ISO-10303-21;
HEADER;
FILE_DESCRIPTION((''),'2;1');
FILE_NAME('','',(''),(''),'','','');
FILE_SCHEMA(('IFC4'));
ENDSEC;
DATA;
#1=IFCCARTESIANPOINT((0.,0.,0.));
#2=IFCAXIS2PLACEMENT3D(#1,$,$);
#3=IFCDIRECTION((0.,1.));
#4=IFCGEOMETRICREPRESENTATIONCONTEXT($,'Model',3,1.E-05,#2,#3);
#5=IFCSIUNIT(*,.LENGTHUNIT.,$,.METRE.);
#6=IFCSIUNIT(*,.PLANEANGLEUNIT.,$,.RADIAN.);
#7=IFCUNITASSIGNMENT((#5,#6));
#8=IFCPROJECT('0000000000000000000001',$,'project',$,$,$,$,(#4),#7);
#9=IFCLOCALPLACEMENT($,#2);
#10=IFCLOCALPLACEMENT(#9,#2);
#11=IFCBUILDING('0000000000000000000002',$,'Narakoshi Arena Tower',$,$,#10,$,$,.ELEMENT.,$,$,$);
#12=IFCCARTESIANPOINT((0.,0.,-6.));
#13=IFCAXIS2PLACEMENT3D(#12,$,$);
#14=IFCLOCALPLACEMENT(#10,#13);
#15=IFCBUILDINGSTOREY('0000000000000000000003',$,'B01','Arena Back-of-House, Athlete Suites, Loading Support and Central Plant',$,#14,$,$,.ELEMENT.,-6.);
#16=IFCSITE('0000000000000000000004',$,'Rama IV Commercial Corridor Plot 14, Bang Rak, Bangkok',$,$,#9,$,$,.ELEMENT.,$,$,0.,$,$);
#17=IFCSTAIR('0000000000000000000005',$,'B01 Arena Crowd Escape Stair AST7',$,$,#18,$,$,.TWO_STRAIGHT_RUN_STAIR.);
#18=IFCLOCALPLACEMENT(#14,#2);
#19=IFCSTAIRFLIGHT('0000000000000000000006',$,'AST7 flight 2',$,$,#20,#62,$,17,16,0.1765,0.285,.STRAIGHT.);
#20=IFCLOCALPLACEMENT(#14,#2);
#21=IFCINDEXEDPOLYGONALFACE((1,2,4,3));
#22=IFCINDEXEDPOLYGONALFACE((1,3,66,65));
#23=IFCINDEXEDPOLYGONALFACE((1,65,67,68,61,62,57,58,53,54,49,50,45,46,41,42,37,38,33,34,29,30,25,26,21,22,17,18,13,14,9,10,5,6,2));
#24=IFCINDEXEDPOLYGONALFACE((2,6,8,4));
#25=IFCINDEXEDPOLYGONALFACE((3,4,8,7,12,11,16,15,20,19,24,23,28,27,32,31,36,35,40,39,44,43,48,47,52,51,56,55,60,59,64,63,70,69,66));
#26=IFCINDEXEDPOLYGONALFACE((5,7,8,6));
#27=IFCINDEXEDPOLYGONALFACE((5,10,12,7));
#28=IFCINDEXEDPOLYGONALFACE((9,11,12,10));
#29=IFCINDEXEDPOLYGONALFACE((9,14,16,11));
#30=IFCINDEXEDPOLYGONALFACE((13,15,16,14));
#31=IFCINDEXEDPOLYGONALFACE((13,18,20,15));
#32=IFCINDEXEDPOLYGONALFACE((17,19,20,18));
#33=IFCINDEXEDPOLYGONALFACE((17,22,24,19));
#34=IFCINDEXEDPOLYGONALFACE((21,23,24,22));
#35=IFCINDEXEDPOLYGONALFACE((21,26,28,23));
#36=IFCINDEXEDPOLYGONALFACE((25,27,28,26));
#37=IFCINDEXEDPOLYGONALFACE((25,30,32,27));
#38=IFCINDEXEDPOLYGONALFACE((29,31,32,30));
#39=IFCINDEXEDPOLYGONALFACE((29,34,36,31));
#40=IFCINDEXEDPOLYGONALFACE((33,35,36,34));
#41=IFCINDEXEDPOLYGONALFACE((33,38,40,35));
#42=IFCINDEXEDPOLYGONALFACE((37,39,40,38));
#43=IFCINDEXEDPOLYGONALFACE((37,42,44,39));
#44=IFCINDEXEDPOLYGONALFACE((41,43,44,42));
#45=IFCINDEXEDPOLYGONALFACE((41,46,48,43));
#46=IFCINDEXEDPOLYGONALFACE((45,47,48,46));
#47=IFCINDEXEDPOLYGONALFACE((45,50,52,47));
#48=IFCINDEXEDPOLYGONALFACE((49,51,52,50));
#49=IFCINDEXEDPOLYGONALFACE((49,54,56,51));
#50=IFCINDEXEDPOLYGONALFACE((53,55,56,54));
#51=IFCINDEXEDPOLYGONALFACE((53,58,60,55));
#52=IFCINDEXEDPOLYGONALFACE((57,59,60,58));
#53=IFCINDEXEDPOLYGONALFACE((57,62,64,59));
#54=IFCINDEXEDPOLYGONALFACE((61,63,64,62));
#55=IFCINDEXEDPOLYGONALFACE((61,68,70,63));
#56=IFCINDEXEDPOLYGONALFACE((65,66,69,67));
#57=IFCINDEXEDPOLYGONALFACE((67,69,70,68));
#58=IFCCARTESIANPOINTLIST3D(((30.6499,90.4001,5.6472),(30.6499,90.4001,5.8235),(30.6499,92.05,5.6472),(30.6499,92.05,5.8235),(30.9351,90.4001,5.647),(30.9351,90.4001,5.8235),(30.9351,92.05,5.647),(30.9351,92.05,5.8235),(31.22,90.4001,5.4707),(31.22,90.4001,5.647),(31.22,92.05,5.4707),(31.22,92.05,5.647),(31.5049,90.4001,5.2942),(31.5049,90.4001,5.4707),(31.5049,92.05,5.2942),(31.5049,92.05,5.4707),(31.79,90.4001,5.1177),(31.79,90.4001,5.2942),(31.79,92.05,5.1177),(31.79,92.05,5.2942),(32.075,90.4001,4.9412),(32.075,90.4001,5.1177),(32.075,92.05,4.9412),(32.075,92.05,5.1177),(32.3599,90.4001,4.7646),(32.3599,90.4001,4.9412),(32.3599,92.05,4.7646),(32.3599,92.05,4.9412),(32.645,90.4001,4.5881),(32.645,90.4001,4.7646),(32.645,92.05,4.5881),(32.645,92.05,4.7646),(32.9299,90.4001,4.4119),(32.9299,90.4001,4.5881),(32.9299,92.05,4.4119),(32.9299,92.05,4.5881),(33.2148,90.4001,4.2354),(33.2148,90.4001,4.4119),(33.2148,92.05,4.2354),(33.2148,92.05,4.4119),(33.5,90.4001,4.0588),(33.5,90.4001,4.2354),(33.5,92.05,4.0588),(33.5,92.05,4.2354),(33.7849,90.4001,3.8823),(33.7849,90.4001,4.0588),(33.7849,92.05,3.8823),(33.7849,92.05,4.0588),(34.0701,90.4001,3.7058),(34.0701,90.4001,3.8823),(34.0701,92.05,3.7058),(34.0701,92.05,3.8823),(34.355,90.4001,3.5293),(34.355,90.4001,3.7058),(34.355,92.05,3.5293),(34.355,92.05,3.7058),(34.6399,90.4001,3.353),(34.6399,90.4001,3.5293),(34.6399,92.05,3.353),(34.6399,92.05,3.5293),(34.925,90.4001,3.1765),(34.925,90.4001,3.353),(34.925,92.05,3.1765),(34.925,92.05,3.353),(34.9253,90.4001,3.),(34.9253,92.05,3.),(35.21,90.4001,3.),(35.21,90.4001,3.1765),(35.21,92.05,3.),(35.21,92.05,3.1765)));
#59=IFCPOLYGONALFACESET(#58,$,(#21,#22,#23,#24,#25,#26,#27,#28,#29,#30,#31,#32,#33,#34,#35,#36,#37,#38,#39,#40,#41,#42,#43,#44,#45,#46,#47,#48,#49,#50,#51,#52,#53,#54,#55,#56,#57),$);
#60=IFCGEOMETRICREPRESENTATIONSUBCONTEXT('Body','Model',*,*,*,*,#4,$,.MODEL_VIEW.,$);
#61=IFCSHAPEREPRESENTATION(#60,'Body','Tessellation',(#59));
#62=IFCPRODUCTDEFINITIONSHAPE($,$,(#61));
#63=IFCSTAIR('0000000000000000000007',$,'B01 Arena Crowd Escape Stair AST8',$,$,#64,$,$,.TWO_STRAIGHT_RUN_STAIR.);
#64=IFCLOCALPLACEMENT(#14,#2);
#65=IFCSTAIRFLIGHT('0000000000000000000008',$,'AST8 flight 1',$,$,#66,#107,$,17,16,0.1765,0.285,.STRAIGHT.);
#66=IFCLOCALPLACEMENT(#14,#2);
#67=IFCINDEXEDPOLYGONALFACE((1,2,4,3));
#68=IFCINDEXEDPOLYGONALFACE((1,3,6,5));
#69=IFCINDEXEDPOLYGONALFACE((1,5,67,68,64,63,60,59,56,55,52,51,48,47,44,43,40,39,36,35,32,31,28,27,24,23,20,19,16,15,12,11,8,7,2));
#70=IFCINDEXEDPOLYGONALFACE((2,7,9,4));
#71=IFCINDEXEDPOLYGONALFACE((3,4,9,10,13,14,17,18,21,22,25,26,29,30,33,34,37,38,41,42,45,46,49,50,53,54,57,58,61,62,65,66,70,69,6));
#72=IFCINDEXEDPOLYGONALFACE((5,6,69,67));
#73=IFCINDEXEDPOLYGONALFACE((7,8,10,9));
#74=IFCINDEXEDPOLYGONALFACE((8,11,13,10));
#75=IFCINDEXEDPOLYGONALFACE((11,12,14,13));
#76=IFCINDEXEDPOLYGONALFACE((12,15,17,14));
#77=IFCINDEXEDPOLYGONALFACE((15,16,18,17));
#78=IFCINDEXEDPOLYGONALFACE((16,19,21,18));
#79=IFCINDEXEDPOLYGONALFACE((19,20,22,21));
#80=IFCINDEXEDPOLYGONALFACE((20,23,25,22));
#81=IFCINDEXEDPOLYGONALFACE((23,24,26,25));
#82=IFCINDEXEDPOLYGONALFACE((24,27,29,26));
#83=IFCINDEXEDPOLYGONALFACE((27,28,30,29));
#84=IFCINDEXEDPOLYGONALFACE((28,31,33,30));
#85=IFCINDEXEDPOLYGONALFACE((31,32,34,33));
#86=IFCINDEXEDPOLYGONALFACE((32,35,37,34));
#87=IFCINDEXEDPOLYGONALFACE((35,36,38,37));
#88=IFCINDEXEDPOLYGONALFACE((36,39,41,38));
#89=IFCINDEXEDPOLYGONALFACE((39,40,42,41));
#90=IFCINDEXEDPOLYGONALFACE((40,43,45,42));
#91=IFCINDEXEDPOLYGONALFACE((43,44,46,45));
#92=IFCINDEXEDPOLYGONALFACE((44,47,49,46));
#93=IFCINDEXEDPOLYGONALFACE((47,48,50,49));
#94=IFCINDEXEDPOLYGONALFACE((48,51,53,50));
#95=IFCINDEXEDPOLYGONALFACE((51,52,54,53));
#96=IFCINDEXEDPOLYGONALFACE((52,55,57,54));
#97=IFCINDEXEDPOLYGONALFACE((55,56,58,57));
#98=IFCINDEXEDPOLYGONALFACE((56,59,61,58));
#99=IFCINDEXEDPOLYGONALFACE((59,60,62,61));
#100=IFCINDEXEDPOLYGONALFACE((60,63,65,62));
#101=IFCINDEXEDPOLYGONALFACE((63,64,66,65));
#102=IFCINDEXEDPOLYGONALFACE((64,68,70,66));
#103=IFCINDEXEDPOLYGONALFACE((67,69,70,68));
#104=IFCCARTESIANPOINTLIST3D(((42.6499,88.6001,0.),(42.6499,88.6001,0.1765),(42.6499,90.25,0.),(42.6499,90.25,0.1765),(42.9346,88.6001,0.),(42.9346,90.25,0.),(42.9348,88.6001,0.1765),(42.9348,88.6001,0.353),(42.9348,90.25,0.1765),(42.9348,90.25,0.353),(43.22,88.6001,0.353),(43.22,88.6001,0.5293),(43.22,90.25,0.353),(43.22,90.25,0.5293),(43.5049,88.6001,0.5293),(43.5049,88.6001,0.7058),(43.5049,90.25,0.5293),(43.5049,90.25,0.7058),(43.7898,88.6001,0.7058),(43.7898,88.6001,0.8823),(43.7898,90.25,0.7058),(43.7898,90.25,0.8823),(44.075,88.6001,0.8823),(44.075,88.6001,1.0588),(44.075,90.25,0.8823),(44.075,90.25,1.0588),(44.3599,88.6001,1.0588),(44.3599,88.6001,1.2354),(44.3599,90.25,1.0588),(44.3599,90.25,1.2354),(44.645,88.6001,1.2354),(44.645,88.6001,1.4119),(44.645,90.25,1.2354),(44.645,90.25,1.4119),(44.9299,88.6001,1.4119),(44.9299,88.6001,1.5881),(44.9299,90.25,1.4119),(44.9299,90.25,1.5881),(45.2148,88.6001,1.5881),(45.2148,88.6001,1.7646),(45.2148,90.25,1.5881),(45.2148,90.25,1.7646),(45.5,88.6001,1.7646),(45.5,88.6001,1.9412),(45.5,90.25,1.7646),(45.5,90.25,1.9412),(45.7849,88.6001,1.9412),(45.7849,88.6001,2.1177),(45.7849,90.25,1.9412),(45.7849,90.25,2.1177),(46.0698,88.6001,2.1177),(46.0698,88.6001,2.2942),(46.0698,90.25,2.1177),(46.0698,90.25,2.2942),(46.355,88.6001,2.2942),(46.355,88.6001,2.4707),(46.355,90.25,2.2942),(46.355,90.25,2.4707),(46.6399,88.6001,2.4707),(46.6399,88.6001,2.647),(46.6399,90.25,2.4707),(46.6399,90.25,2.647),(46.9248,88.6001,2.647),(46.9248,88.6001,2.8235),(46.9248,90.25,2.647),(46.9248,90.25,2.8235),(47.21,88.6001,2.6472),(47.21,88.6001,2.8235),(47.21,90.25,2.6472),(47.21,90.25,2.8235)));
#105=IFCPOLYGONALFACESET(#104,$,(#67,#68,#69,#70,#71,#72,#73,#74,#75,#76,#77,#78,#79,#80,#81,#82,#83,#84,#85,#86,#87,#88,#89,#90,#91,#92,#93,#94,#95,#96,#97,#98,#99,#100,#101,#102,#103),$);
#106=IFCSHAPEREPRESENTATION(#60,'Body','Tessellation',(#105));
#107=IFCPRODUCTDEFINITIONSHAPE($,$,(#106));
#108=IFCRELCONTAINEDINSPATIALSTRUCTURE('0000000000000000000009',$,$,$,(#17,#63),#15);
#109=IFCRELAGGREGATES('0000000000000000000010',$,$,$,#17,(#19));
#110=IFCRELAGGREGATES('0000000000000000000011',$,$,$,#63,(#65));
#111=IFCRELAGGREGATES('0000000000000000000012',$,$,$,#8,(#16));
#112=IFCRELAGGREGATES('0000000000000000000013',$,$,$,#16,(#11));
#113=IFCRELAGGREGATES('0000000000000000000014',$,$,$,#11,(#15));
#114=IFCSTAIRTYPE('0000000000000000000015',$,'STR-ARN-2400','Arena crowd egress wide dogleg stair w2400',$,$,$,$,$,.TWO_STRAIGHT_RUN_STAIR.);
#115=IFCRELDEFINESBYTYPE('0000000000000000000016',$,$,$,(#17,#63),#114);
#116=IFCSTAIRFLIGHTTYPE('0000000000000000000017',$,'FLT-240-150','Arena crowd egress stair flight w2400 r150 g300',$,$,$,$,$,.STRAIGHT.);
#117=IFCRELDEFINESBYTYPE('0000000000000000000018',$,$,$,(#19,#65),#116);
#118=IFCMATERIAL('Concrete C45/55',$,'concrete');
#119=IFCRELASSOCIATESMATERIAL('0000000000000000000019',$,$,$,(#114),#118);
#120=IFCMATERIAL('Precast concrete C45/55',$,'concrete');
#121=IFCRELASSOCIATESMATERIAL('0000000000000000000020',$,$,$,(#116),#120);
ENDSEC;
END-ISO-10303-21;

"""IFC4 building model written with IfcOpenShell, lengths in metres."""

from ifc_helpers import new_model, si_unit, direction, frame, origin, place, context, subcontext, project, spatial, polyline, outline, extrude, material, type_object, element, aggregate, save


model = new_model("IFC4")

# Units and contexts
model_context = context("Model", 3, precision=1e-05, world=origin(), true_north=direction((0.0, 1.0)))
body_context = subcontext(model_context, "Body", "Model", "MODEL_VIEW")
ifc_project = project(units=[si_unit("LENGTHUNIT", "METRE"), si_unit("PLANEANGLEUNIT", "RADIAN")], contexts=[model_context])

# Site, building, storey
site_placement = place(None, origin())
site = spatial("IfcSite", under=ifc_project, at=site_placement, Name="Rama IV Commercial Corridor Plot 14, Bang Rak, Bangkok", CompositionType="ELEMENT", RefElevation=0.0)
building_placement = place(site_placement, origin())
building = spatial("IfcBuilding", under=site, at=building_placement, Name="Narakoshi Arena Tower", CompositionType="ELEMENT")
storey_placement = place(building_placement, frame((0.0, 0.0, -6.0)))
storey = spatial("IfcBuildingStorey", under=building, at=storey_placement, Name="B01", Description="Arena Back-of-House, Athlete Suites, Loading Support and Central Plant", CompositionType="ELEMENT", Elevation=-6.0)

# Shared definitions
ifc_material_1 = material(Name="Concrete C45/55", Category="concrete")

# Stair, stair flight
stair_type = type_object("IfcStairType", Name="STR-ARN-2400", Description="Arena crowd egress wide dogleg stair w2400", PredefinedType="TWO_STRAIGHT_RUN_STAIR", material=ifc_material_1)
stair_1_placement = place(storey_placement, origin())
stair_1 = element("IfcStair", 1, at=stair_1_placement, inside=storey, type_object=stair_type, Name="B01 Arena Crowd Escape Stair AST7", PredefinedType="TWO_STRAIGHT_RUN_STAIR")
ifc_material_2 = material(Name="Precast concrete C45/55", Category="concrete")
stair_flight_type = type_object("IfcStairFlightType", Name="FLT-240-150", Description="Arena crowd egress stair flight w2400 r150 g300", PredefinedType="STRAIGHT", material=ifc_material_2)
stair_flight_1_placement = place(storey_placement, frame((35.21, 91.2251, 3.0), z_axis=(0.0, 0.0, 1.0), x_axis=(-1.0, 0.0, 0.0)))
stair_flight_1 = element("IfcStairFlight", 2, at=stair_flight_1_placement, type_object=stair_flight_type, Name="AST7 flight 2", NumberOfRisers=17, NumberOfTreads=16, PredefinedType="STRAIGHT", RiserHeight=0.1765, TreadLength=0.285, context=body_context, shape_type="SweptSolid", body=[
    extrude(outline(polyline([(0.0, 0.0), (0.0, 0.1765), (0.2849, 0.1765), (0.2849, 0.353), (0.5701, 0.353), (0.5701, 0.5293), (0.855, 0.5293), (0.855, 0.7058), (1.1399, 0.7058), (1.1399, 0.8823), (1.425, 0.8823), (1.425, 1.0588), (1.71, 1.0588), (1.71, 1.2354), (1.9951, 1.2354), (1.9951, 1.4119), (2.28, 1.4119), (2.28, 1.5881), (2.5649, 1.5881), (2.5649, 1.7646), (2.8501, 1.7646), (2.8501, 1.9412), (3.135, 1.9412), (3.135, 2.1177), (3.4199, 2.1177), (3.4199, 2.2942), (3.7051, 2.2942), (3.7051, 2.4707), (3.99, 2.4707), (3.99, 2.647), (4.2749, 2.647), (4.2749, 2.8235), (4.5601, 2.8235), (4.5601, 3.0), (4.5601, 2.6472), (0.2847, 0.0), (0.0, 0.0)])), frame((0.0, 0.825, 0.0), z_axis=(0.0, -1.0, 0.0), x_axis=(1.0, 0.0, 0.0)), (0.0, 0.0, 1.0), 1.6499),
])
aggregate(stair_1, [stair_flight_1])

# Stair, stair flight
stair_2_placement = place(storey_placement, origin())
stair_2 = element("IfcStair", 3, at=stair_2_placement, inside=storey, type_object=stair_type, Name="B01 Arena Crowd Escape Stair AST8", PredefinedType="TWO_STRAIGHT_RUN_STAIR")
stair_flight_2_placement = place(storey_placement, frame((42.6499, 89.425, 0.0), z_axis=(0.0, 0.0, 1.0), x_axis=(1.0, 0.0, 0.0)))
stair_flight_2 = element("IfcStairFlight", 4, at=stair_flight_2_placement, type_object=stair_flight_type, Name="AST8 flight 1", NumberOfRisers=17, NumberOfTreads=16, PredefinedType="STRAIGHT", RiserHeight=0.1765, TreadLength=0.285, context=body_context, shape_type="SweptSolid", body=[
    extrude(outline(polyline([(0.0, 0.0), (0.0, 0.1765), (0.2849, 0.1765), (0.2849, 0.353), (0.5701, 0.353), (0.5701, 0.5293), (0.855, 0.5293), (0.855, 0.7058), (1.1399, 0.7058), (1.1399, 0.8823), (1.425, 0.8823), (1.425, 1.0588), (1.71, 1.0588), (1.71, 1.2354), (1.9951, 1.2354), (1.9951, 1.4119), (2.28, 1.4119), (2.28, 1.5881), (2.5649, 1.5881), (2.5649, 1.7646), (2.8501, 1.7646), (2.8501, 1.9412), (3.135, 1.9412), (3.135, 2.1177), (3.4199, 2.1177), (3.4199, 2.2942), (3.7051, 2.2942), (3.7051, 2.4707), (3.99, 2.4707), (3.99, 2.647), (4.2749, 2.647), (4.2749, 2.8235), (4.5601, 2.8235), (4.5601, 3.0), (4.5601, 2.6472), (0.2847, 0.0), (0.0, 0.0)])), frame((0.0, 0.825, 0.0), z_axis=(0.0, -1.0, 0.0), x_axis=(1.0, 0.0, 0.0)), (0.0, 0.0, 1.0), 1.6499),
])
aggregate(stair_2, [stair_flight_2])

save(model, "model.ifc")
